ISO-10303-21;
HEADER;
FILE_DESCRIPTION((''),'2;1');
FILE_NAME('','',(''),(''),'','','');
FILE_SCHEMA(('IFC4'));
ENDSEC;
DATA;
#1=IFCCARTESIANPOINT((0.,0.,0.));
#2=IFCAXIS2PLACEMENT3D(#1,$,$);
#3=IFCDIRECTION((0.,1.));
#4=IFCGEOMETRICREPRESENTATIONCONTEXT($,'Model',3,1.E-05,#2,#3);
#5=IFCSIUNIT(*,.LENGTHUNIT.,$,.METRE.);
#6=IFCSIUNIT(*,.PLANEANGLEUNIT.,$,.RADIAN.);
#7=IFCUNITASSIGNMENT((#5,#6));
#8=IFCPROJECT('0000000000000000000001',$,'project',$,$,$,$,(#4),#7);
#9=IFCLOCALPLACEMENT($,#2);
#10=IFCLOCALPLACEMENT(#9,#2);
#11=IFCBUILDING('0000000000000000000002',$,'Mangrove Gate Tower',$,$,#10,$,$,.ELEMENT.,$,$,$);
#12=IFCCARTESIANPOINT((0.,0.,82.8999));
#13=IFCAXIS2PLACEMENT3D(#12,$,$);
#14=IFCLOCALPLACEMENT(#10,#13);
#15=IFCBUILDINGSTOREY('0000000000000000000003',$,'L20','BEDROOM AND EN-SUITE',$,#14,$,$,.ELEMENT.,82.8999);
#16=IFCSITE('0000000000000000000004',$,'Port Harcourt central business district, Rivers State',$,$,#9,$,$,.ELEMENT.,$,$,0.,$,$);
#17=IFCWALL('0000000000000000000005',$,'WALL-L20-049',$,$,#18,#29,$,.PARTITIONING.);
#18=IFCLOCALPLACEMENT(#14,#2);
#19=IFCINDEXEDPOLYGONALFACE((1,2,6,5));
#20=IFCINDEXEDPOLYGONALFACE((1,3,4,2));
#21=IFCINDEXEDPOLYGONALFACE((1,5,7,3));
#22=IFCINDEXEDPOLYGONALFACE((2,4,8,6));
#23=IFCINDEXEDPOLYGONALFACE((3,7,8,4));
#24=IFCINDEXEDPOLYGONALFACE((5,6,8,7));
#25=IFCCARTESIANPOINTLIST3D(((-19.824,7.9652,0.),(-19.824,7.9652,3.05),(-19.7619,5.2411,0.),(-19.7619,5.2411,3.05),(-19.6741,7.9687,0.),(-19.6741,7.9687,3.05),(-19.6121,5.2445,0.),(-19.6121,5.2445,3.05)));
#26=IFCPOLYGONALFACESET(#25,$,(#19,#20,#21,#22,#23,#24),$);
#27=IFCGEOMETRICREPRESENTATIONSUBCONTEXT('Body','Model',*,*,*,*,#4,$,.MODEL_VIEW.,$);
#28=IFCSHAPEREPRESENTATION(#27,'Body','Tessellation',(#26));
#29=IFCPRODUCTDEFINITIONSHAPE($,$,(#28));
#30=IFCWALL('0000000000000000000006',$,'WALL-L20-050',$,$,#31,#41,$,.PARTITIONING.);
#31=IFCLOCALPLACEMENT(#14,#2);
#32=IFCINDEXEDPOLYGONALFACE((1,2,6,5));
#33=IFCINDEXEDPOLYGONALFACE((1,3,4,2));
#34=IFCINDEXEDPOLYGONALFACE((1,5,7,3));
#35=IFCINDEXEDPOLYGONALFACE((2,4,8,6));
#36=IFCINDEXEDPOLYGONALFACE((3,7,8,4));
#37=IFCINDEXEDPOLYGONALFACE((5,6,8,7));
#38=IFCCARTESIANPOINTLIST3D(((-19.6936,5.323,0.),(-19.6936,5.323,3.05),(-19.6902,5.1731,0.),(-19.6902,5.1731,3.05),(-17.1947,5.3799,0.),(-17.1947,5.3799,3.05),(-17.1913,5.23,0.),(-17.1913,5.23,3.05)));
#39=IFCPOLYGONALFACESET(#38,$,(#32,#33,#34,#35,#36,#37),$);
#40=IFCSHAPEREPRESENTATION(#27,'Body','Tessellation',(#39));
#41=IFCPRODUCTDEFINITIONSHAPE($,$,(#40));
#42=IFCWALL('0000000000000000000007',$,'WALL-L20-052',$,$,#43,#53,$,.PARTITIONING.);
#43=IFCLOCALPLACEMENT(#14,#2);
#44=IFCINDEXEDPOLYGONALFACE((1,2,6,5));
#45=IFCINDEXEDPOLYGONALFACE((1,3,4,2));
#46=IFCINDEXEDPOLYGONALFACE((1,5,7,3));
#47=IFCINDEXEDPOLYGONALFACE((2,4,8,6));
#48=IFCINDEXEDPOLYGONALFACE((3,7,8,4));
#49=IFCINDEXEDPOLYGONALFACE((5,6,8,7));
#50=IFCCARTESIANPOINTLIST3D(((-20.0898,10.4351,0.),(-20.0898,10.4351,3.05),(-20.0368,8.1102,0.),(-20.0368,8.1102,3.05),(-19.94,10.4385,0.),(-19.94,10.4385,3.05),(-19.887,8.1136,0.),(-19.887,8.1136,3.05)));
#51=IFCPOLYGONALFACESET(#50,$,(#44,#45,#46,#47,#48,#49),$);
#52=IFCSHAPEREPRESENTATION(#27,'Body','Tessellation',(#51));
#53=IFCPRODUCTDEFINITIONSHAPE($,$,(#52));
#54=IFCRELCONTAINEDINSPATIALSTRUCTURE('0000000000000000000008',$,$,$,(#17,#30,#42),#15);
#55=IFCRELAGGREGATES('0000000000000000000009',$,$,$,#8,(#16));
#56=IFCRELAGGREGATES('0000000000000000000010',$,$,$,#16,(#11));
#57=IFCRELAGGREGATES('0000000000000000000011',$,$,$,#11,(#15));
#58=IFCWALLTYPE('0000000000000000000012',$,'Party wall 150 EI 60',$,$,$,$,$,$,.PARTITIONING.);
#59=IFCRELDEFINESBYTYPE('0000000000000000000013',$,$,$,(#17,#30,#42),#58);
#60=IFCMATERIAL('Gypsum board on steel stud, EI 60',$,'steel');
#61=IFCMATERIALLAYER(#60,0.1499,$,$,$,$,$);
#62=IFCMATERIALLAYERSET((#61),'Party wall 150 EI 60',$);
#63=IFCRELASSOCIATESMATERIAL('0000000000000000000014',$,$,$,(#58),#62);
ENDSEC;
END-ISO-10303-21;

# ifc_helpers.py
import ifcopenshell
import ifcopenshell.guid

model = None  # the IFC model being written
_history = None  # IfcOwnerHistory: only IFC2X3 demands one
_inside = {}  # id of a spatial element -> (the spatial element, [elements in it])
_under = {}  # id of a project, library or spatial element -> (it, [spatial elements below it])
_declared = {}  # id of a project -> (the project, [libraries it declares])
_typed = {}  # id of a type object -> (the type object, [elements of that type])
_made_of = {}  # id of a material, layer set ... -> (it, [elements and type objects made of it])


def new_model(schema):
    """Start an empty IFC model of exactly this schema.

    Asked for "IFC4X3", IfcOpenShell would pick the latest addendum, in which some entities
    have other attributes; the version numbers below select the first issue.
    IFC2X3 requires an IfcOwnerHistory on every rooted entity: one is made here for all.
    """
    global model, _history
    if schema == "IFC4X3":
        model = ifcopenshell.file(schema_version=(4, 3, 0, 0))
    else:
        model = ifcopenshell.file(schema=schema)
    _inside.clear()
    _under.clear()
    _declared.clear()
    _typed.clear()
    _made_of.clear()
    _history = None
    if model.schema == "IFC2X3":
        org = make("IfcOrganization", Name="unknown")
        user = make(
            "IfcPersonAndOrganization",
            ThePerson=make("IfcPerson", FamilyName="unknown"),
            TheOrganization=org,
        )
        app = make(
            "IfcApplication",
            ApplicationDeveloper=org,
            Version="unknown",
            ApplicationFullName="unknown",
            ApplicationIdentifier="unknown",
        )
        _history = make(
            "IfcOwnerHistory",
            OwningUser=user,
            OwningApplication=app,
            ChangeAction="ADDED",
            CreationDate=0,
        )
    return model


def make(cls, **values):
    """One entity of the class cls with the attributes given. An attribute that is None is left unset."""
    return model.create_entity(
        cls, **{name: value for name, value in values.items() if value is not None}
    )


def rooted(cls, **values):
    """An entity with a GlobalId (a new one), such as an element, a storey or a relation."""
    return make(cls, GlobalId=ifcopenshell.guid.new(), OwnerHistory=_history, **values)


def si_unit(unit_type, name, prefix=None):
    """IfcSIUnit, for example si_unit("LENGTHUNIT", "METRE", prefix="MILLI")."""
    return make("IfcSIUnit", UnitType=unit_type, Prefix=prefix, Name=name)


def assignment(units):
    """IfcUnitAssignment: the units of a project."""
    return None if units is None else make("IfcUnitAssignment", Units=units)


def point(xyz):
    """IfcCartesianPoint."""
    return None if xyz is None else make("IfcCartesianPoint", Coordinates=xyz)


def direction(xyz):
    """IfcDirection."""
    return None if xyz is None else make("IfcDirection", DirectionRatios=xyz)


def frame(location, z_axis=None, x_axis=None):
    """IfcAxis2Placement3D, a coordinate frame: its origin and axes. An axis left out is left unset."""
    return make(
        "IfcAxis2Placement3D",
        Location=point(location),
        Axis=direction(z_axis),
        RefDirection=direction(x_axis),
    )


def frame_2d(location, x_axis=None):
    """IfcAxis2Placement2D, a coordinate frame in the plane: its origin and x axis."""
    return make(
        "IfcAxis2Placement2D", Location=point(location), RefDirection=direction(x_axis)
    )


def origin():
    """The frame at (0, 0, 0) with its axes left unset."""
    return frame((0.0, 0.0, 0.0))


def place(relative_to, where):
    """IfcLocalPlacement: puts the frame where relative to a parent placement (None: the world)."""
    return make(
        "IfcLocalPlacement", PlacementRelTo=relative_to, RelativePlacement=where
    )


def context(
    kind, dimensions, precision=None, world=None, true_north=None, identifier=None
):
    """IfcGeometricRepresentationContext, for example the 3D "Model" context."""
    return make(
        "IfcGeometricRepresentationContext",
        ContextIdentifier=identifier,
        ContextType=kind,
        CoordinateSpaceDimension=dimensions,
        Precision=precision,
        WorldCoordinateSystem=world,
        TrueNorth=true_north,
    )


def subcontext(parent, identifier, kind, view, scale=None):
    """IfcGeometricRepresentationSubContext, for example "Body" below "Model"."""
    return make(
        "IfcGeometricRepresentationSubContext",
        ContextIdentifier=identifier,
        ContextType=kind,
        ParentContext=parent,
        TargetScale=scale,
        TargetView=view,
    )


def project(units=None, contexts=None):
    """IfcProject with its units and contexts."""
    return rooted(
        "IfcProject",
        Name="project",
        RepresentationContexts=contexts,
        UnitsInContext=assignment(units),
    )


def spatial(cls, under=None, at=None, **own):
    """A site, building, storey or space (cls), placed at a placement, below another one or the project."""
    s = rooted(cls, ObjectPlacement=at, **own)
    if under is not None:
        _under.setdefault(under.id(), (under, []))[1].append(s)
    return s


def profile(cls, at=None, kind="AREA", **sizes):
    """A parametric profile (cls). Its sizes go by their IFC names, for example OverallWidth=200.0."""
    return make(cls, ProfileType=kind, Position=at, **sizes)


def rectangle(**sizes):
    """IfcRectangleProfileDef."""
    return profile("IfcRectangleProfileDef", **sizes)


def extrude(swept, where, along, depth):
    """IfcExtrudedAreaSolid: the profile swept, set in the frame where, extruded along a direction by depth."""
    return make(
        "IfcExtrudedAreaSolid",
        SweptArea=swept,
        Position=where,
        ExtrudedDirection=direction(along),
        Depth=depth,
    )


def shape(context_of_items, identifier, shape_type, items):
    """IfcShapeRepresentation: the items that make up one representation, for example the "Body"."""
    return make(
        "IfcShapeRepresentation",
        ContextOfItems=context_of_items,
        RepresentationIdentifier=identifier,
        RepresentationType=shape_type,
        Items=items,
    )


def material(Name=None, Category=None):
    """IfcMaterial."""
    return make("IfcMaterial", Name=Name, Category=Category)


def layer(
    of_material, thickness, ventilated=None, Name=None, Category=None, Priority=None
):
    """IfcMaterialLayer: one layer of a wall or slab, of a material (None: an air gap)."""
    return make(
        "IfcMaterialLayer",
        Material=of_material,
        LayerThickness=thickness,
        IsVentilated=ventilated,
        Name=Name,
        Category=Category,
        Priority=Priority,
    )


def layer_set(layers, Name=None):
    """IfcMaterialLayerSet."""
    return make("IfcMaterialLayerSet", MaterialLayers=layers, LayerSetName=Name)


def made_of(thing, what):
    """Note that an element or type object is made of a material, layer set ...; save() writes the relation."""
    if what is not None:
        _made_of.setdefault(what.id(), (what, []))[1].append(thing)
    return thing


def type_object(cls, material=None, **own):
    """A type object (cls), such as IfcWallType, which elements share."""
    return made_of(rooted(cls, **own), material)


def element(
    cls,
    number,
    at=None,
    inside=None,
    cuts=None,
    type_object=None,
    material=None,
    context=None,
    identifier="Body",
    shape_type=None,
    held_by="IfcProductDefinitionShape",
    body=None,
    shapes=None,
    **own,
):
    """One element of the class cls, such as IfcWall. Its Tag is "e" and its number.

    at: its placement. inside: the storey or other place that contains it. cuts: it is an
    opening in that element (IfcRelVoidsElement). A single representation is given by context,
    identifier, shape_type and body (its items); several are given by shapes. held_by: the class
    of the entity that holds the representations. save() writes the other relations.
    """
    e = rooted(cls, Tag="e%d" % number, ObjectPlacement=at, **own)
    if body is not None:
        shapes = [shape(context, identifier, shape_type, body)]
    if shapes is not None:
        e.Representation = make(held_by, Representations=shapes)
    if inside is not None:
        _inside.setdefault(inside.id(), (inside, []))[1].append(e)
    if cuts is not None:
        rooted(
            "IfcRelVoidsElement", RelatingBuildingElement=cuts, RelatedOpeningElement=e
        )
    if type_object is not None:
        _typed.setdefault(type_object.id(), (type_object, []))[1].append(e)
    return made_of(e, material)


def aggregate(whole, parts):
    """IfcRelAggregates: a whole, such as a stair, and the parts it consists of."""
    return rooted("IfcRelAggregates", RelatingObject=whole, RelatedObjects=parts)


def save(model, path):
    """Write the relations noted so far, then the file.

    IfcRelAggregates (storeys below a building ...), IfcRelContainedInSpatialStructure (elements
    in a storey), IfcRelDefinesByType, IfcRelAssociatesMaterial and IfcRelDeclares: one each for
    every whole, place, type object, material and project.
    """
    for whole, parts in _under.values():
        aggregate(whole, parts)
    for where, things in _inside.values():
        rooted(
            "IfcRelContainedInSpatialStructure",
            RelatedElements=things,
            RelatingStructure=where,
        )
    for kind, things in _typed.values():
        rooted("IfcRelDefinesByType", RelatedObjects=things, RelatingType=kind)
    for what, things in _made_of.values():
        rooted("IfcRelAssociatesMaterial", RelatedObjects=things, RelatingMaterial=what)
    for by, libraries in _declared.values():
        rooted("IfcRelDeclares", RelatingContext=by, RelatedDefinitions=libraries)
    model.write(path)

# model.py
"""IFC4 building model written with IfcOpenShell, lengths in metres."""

from ifc_helpers import new_model, si_unit, direction, frame, frame_2d, origin, place, context, subcontext, project, spatial, rectangle, extrude, material, layer, layer_set, type_object, element, save


model = new_model("IFC4")

# Units and contexts
model_context = context("Model", 3, precision=1e-05, world=origin(), true_north=direction((0.0, 1.0)))
body_context = subcontext(model_context, "Body", "Model", "MODEL_VIEW")
ifc_project = project(units=[si_unit("LENGTHUNIT", "METRE"), si_unit("PLANEANGLEUNIT", "RADIAN")], contexts=[model_context])

# Site, building, storey
site_placement = place(None, origin())
site = spatial("IfcSite", under=ifc_project, at=site_placement, Name="Port Harcourt central business district, Rivers State", CompositionType="ELEMENT", RefElevation=0.0)
building_placement = place(site_placement, origin())
building = spatial("IfcBuilding", under=site, at=building_placement, Name="Mangrove Gate Tower", CompositionType="ELEMENT")
storey_placement = place(building_placement, frame((0.0, 0.0, 82.8999)))
storey = spatial("IfcBuildingStorey", under=building, at=storey_placement, Name="L20", Description="BEDROOM AND EN-SUITE", CompositionType="ELEMENT", Elevation=82.8999)

# Walls
ifc_material_1 = material(Name="Gypsum board on steel stud, EI 60", Category="steel")
ifc_layer_1 = layer(ifc_material_1, 0.1499)
ifc_layer_set_1 = layer_set([ifc_layer_1], Name="Party wall 150 EI 60")
wall_type_1 = type_object("IfcWallType", Name="Party wall 150 EI 60", PredefinedType="PARTITIONING", material=ifc_layer_set_1)
wall_1_placement = place(storey_placement, frame((-19.687, 5.2429, 0.0), z_axis=(0.0, 0.0, 1.0), x_axis=(-0.022758, 0.999741, 0.0)))
element("IfcWall", 1, at=wall_1_placement, inside=storey, type_object=wall_type_1, Name="WALL-L20-049", PredefinedType="PARTITIONING", context=body_context, shape_type="SweptSolid", body=[
    extrude(rectangle(XDim=2.7249, YDim=0.1499, at=frame_2d((1.3623, 0.0))), origin(), (0.0, 0.0, 1.0), 3.05),
])
wall_2_placement = place(storey_placement, frame((-19.6919, 5.248, 0.0), z_axis=(0.0, 0.0, 1.0), x_axis=(0.999741, 0.022759, 0.0)))
element("IfcWall", 2, at=wall_2_placement, inside=storey, type_object=wall_type_1, Name="WALL-L20-050", PredefinedType="PARTITIONING", context=body_context, shape_type="SweptSolid", body=[
    extrude(rectangle(XDim=2.4995, YDim=0.1499, at=frame_2d((1.2498, 0.0))), origin(), (0.0, 0.0, 1.0), 3.05),
])
wall_3_placement = place(storey_placement, frame((-19.9619, 8.1121, 0.0), z_axis=(0.0, 0.0, 1.0), x_axis=(-0.022781, 0.99974, 0.0)))
element("IfcWall", 3, at=wall_3_placement, inside=storey, type_object=wall_type_1, Name="WALL-L20-052", PredefinedType="PARTITIONING", context=body_context, shape_type="SweptSolid", body=[
    extrude(rectangle(XDim=2.3254, YDim=0.1499, at=frame_2d((1.1626, 0.0))), origin(), (0.0, 0.0, 1.0), 3.05),
])

save(model, "model.ifc")
